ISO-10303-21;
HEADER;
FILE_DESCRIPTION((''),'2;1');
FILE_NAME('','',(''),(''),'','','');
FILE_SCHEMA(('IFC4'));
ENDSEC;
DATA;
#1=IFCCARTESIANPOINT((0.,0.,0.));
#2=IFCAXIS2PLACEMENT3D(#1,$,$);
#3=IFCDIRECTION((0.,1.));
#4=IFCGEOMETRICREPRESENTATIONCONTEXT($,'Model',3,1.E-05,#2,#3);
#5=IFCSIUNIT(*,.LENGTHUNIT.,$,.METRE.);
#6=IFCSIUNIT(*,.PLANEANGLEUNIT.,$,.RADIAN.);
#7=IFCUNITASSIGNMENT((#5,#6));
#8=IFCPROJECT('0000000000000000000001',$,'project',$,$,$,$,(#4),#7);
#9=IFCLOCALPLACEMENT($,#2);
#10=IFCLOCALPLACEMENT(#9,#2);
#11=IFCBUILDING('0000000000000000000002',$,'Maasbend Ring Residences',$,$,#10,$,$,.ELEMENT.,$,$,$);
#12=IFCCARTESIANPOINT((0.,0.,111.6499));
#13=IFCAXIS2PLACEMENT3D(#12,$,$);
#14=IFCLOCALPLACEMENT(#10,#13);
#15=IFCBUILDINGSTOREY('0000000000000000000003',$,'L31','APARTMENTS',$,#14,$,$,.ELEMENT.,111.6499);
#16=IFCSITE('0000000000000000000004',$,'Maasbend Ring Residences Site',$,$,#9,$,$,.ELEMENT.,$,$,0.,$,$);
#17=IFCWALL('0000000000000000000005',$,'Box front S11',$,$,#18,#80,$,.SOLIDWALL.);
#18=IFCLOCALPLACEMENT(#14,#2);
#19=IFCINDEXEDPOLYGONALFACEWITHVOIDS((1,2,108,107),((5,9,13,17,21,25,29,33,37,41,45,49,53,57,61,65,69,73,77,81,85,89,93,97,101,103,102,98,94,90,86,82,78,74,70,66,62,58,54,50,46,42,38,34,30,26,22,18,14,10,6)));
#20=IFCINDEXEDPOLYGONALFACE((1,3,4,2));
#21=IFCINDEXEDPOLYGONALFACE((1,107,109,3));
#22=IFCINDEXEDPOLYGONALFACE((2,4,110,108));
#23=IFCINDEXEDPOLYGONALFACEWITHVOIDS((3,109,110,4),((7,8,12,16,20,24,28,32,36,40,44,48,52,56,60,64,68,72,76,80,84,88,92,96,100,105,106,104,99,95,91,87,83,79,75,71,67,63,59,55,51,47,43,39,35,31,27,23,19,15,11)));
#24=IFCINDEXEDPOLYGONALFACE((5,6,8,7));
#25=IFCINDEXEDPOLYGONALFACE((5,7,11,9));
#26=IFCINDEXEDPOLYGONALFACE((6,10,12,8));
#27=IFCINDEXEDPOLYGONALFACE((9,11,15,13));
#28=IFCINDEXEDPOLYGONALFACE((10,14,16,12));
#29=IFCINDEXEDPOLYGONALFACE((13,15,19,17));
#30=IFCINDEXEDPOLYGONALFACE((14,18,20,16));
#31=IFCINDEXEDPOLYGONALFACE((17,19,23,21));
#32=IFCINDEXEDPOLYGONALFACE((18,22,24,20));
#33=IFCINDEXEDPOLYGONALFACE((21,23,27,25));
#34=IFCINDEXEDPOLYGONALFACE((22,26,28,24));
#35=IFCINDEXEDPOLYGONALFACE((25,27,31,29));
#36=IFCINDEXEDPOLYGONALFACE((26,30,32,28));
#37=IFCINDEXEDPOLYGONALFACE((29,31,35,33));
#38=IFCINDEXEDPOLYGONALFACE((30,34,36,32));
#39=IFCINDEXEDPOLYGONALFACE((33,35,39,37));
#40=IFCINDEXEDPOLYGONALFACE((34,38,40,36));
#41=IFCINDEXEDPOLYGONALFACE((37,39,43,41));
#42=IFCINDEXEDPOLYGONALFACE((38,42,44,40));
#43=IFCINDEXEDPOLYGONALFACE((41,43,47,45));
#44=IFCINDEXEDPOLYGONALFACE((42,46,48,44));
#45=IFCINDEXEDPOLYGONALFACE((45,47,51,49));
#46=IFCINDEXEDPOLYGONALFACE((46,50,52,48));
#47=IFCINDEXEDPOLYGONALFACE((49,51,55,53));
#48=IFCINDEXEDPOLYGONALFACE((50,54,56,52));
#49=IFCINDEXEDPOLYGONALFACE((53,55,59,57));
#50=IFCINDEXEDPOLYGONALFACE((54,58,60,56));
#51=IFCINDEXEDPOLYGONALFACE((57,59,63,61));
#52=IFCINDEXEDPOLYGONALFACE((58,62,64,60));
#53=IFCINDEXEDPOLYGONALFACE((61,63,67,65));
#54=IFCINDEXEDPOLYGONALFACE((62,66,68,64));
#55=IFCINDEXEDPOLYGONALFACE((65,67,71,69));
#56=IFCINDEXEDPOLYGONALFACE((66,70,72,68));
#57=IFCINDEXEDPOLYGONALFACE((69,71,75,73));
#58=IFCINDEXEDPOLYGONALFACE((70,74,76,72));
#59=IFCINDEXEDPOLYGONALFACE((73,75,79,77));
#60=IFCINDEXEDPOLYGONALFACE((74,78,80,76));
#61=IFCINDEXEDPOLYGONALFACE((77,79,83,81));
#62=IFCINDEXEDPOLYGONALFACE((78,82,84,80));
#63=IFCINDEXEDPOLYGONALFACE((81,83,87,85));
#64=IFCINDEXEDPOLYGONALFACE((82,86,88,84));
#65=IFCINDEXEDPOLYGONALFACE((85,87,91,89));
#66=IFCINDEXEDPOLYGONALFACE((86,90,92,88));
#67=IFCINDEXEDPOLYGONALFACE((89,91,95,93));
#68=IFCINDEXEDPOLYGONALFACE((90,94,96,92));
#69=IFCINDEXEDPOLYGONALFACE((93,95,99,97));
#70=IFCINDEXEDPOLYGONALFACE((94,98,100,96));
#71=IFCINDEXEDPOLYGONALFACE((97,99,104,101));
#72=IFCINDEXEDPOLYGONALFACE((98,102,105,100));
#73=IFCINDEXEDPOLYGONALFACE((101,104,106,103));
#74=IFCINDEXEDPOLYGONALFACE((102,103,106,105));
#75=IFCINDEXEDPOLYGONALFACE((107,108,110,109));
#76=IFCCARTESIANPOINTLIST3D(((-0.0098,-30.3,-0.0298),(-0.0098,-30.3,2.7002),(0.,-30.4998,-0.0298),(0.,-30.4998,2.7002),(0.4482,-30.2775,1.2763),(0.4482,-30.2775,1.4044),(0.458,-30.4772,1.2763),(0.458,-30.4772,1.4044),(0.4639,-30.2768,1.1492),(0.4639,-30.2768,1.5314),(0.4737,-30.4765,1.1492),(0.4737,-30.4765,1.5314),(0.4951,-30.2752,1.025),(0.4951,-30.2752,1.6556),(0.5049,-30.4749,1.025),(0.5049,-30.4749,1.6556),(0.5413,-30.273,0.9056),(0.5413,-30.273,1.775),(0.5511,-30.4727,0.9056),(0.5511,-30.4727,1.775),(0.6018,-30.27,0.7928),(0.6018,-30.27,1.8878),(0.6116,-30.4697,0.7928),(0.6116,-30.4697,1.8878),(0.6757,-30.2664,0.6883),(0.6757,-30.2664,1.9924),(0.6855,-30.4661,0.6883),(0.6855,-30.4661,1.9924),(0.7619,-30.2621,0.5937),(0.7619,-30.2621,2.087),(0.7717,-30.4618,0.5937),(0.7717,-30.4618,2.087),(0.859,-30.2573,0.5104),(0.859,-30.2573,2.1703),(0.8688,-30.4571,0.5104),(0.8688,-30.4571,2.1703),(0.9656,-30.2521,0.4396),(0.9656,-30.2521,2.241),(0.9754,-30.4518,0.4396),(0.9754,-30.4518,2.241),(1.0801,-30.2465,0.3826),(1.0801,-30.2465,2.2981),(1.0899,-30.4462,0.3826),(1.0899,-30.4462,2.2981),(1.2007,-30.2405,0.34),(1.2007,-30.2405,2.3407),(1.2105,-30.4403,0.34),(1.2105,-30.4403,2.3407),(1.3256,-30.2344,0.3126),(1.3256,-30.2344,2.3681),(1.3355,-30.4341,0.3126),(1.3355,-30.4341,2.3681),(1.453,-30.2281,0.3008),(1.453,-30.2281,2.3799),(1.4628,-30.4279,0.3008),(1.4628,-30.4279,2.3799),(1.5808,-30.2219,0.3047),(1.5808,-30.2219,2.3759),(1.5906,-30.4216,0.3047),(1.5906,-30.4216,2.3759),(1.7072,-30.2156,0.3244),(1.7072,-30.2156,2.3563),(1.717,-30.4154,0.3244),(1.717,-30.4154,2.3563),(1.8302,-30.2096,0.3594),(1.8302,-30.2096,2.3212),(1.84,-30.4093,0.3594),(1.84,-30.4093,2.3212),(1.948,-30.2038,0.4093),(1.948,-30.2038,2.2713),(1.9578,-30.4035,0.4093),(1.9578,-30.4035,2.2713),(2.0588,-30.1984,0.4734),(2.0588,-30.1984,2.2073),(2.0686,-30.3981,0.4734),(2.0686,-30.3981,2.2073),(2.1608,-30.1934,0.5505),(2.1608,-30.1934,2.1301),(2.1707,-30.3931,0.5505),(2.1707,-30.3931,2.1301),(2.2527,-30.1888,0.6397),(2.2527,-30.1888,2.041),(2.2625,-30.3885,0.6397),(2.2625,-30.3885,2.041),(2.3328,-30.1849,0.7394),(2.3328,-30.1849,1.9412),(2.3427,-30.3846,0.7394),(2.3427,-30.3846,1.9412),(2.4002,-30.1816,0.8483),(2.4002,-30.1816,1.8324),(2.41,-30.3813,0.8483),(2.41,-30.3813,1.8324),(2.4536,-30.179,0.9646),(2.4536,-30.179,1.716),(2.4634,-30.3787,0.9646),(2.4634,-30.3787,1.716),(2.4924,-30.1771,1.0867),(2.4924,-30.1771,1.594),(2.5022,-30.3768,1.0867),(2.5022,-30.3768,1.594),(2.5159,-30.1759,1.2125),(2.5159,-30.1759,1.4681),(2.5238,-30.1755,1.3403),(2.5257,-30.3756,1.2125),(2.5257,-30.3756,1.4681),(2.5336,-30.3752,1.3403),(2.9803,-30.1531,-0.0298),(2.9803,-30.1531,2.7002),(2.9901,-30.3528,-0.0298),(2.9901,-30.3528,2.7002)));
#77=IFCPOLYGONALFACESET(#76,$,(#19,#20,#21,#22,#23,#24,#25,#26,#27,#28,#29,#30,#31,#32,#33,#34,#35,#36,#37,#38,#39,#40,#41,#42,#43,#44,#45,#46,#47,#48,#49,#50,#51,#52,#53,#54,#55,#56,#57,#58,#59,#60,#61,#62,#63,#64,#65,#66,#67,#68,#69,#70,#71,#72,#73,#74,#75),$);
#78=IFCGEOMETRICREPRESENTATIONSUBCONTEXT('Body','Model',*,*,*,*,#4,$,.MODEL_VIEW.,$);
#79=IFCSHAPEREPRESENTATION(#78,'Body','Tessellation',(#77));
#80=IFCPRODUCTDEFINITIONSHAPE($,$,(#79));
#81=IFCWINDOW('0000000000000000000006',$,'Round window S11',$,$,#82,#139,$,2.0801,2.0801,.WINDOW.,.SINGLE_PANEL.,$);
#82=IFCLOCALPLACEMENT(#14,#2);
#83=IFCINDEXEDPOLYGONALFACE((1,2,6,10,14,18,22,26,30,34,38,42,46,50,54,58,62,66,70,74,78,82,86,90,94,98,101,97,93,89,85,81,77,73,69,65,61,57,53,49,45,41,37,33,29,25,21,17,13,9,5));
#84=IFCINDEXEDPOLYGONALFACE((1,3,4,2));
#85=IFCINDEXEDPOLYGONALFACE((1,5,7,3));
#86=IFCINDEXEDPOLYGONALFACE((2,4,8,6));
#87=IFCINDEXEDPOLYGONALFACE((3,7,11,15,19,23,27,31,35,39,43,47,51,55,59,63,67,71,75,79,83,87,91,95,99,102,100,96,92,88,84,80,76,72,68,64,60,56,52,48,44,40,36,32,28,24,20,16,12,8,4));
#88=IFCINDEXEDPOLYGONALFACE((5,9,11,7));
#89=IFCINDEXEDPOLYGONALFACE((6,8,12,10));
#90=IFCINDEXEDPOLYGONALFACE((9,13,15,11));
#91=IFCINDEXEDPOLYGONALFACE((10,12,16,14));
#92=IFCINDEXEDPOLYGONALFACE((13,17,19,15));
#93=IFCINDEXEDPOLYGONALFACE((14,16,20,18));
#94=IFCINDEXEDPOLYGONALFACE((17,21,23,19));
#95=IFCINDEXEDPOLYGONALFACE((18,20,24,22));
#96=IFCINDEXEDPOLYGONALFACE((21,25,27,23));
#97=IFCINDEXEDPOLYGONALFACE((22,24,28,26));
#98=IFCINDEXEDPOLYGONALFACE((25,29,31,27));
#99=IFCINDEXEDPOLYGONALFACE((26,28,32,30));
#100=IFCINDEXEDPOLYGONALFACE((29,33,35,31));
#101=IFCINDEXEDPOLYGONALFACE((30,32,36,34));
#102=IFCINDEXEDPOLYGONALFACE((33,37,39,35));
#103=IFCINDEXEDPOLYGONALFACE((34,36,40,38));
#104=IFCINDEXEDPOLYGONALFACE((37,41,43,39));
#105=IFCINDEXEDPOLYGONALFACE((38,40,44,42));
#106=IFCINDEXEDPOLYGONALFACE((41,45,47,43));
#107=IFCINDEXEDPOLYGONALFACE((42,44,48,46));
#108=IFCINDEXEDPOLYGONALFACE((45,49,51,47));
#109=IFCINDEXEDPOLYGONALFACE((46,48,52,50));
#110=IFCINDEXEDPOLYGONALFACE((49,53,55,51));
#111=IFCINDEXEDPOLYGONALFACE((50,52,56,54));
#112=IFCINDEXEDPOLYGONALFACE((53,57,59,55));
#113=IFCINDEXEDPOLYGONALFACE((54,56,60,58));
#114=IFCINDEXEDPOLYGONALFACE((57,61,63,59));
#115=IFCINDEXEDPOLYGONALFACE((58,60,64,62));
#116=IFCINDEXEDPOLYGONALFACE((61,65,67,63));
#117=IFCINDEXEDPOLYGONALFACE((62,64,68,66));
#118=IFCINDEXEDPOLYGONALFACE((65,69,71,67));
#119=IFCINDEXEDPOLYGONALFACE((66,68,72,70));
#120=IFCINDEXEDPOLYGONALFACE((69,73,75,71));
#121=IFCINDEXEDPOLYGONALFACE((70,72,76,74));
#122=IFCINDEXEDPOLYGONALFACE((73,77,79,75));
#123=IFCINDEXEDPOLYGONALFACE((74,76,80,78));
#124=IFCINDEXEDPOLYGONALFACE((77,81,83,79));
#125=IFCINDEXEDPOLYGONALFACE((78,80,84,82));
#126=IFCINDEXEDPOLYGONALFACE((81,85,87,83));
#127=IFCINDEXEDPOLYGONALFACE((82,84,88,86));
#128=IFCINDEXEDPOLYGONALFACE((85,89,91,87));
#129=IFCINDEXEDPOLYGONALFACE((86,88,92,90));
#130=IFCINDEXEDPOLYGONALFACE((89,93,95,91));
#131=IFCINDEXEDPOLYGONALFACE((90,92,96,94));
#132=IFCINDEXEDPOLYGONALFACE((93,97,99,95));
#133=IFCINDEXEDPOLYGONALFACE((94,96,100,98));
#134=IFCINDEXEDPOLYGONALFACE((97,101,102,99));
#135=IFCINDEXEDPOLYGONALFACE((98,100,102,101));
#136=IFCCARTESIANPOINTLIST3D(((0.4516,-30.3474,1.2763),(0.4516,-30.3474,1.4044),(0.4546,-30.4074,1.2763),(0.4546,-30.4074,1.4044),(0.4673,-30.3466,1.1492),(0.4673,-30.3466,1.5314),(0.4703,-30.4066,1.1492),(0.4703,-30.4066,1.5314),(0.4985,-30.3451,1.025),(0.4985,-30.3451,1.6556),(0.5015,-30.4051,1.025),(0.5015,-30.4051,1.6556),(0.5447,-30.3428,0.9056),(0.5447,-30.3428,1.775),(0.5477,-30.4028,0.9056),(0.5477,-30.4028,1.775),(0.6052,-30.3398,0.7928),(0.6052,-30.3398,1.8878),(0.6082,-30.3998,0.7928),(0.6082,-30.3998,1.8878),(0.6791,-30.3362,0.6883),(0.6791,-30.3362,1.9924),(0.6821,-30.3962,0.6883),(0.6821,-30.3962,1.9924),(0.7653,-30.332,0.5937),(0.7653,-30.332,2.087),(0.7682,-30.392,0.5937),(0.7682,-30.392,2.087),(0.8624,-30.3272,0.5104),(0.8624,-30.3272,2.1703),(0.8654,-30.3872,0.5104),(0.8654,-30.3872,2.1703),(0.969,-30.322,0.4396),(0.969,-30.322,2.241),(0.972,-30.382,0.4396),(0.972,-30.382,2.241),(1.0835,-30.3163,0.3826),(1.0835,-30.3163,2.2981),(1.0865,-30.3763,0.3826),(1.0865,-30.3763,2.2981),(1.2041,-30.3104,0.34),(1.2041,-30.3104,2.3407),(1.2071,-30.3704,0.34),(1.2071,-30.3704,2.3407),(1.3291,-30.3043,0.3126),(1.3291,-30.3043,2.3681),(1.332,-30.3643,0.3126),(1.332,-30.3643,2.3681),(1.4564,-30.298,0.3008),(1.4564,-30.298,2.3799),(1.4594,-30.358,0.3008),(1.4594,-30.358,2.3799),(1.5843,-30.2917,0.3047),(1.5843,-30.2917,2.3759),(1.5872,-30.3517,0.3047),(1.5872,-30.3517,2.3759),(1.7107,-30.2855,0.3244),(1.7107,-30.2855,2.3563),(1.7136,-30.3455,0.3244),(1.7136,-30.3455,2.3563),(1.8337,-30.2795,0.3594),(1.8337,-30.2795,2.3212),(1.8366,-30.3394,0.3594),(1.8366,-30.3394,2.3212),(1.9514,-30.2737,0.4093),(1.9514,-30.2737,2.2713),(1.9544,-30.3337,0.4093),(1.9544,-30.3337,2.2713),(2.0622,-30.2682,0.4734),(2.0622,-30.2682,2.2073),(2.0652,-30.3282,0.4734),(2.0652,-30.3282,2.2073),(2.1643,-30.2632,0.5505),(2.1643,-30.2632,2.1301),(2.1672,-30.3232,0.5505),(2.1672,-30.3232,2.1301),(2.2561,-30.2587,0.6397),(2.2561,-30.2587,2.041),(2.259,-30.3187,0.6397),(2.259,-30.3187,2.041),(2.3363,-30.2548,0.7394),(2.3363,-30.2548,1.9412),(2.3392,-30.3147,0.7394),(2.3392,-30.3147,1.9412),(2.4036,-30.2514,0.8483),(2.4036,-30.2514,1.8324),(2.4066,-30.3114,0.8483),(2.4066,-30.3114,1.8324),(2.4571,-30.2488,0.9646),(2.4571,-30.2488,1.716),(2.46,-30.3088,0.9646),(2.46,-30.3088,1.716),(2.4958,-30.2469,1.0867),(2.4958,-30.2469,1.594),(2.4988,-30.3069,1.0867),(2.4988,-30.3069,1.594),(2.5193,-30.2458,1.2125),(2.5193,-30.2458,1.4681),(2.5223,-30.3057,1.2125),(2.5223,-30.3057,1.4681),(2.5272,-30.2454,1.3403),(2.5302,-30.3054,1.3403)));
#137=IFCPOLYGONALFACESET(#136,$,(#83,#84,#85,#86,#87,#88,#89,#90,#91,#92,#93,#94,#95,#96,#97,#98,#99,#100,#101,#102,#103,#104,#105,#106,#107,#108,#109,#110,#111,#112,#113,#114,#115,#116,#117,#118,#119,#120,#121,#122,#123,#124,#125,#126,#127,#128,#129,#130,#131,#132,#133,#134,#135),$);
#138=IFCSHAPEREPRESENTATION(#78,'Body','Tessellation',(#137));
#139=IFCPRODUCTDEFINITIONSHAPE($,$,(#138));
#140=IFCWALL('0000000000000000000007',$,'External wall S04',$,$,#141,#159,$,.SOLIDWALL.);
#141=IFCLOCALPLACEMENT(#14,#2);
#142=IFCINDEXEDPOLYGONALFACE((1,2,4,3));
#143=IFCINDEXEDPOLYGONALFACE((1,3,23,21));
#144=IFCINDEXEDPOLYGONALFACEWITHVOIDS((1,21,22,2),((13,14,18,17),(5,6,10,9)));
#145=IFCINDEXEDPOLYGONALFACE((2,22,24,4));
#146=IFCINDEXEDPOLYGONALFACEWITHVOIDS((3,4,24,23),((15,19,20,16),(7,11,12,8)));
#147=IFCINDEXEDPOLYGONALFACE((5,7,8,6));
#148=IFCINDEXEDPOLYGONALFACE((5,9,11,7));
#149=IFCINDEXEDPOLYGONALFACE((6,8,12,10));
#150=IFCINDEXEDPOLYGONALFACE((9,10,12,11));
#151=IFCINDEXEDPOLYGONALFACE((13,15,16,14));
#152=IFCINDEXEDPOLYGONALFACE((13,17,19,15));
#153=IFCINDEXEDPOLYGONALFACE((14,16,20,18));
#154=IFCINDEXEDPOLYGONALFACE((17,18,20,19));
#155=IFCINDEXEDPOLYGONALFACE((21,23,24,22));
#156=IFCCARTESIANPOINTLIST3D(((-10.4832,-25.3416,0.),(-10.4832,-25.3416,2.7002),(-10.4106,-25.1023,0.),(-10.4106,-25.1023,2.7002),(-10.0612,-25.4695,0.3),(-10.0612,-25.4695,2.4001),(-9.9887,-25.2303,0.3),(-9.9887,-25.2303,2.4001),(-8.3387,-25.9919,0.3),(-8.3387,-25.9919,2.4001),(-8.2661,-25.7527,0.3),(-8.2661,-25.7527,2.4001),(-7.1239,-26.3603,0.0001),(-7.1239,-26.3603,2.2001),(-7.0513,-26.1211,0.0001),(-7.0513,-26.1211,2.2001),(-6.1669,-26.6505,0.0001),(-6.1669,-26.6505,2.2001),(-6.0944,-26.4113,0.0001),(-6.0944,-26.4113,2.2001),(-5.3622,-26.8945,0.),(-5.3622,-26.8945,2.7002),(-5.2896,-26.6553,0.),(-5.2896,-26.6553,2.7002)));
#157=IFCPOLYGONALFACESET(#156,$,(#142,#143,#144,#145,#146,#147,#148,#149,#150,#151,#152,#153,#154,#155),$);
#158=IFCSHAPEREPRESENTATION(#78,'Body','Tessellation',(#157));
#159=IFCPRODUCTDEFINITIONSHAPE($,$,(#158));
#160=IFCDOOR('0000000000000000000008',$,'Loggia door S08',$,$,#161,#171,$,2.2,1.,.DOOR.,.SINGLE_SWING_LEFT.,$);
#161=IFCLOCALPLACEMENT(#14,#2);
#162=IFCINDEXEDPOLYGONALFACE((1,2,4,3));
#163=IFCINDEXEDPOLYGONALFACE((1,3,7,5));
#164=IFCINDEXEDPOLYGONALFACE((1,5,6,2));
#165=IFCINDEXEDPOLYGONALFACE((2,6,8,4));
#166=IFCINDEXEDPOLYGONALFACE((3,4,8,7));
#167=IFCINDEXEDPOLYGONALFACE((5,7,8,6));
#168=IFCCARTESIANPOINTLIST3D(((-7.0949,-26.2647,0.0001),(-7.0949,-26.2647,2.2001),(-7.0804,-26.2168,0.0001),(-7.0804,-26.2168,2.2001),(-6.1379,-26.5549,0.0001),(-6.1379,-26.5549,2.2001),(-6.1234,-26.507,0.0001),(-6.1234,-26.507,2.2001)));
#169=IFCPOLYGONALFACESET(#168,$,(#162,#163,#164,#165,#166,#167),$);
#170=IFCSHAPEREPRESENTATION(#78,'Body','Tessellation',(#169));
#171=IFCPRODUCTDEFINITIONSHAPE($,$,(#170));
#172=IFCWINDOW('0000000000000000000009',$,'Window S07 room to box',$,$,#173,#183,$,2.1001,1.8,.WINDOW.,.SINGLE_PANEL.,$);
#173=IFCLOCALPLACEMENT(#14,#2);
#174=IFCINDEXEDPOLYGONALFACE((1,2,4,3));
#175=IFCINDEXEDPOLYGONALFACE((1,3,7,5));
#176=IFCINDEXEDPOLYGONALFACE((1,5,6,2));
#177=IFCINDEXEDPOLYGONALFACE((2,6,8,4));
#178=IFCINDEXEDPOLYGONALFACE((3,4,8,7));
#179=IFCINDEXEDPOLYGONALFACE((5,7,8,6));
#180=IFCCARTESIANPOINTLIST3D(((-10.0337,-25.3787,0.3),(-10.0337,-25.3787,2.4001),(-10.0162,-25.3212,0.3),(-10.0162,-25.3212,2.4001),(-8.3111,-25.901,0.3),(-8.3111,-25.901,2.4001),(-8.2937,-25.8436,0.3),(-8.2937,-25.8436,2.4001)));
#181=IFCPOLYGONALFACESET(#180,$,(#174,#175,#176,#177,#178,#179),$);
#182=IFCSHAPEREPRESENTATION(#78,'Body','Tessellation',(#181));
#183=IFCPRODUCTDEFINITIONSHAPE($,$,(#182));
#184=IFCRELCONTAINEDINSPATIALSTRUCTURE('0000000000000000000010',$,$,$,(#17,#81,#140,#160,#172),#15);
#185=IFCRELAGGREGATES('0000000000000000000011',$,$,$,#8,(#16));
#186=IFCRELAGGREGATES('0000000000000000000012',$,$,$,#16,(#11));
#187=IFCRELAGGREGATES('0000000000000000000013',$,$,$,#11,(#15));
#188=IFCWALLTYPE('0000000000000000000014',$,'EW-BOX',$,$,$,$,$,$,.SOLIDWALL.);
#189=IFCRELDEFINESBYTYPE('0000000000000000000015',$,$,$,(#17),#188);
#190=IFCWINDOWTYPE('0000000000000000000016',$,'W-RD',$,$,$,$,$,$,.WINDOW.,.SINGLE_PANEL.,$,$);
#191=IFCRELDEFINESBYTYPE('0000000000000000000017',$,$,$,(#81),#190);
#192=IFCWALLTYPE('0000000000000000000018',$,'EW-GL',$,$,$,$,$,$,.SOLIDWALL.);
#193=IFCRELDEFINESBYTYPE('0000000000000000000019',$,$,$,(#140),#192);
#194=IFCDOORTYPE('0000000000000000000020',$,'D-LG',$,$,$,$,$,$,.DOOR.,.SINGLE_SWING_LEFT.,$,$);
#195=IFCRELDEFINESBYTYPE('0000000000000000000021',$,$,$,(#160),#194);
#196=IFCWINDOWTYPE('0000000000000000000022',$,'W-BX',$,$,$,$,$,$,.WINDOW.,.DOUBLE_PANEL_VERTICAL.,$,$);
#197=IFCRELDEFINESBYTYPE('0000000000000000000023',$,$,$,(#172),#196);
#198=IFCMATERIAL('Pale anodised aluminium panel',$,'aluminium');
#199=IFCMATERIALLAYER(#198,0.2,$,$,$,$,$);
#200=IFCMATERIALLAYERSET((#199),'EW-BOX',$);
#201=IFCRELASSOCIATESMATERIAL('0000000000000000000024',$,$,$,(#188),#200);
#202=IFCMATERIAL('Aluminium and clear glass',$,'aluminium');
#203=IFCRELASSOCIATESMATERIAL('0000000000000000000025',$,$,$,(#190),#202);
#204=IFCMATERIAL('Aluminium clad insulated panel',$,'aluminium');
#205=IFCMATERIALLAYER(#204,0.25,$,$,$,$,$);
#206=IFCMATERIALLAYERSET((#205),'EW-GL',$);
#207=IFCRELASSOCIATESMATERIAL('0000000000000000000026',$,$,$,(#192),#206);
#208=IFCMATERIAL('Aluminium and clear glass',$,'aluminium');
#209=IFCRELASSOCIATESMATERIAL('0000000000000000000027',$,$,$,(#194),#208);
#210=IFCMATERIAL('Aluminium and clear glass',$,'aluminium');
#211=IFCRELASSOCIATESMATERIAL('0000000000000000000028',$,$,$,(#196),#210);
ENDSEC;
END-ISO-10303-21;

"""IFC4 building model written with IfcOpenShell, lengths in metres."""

from ifc_helpers import new_model, si_unit, direction, frame, frame_2d, origin, place, context, subcontext, project, spatial, rectangle, circle, extrude, material, layer, layer_set, type_object, element, fill, save


model = new_model("IFC4")

# Units and contexts
model_context = context("Model", 3, precision=1e-05, world=origin(), true_north=direction((0.0, 1.0)))
body_context = subcontext(model_context, "Body", "Model", "MODEL_VIEW")
ifc_project = project(units=[si_unit("LENGTHUNIT", "METRE"), si_unit("PLANEANGLEUNIT", "RADIAN")], contexts=[model_context])

# Site, building, storey
site_placement = place(None, origin())
site = spatial("IfcSite", under=ifc_project, at=site_placement, Name="Maasbend Ring Residences Site", CompositionType="ELEMENT", RefElevation=0.0)
building_placement = place(site_placement, origin())
building = spatial("IfcBuilding", under=site, at=building_placement, Name="Maasbend Ring Residences", CompositionType="ELEMENT")
storey_placement = place(building_placement, frame((0.0, 0.0, 111.6499)))
storey = spatial("IfcBuildingStorey", under=building, at=storey_placement, Name="L31", Description="APARTMENTS", CompositionType="ELEMENT", Elevation=111.6499)

# Shared definitions
ifc_material_1 = material(Name="Pale anodised aluminium panel", Category="aluminium")
ifc_layer_1 = layer(ifc_material_1, 0.2)
ifc_layer_set_1 = layer_set([ifc_layer_1], Name="EW-BOX")
wall_type_1 = type_object("IfcWallType", Name="EW-BOX", PredefinedType="SOLIDWALL", material=ifc_layer_set_1)

# Shared definitions
ifc_material_2 = material(Name="Aluminium and clear glass", Category="aluminium")
window_type_1 = type_object("IfcWindowType", Name="W-RD", PartitioningType="SINGLE_PANEL", PredefinedType="WINDOW", material=ifc_material_2)

# Wall, opening, window
wall_1_placement = place(storey_placement, frame((-0.0049, -30.3999, -0.0298), z_axis=(0.0, 0.0, 1.0), x_axis=(0.998794, 0.049096, 0.0)))
wall_1 = element("IfcWall", 1, at=wall_1_placement, inside=storey, type_object=wall_type_1, Name="Box front S11", PredefinedType="SOLIDWALL", context=body_context, shape_type="SweptSolid", body=[
    extrude(rectangle(XDim=2.9937, YDim=0.2, at=frame_2d((1.4968, 0.0))), origin(), (0.0, 0.0, 1.0), 2.73),
])
opening_1_placement = place(wall_1_placement, frame((0.4565, 0.0, 0.3301)))
opening_1 = element("IfcOpeningElement", 2, at=opening_1_placement, cuts=wall_1, PredefinedType="OPENING", context=body_context, shape_type="SweptSolid", body=[
    extrude(circle(Radius=1.04, at=frame_2d((1.04, 1.04))), frame((0.0, 0.1099, 0.0), z_axis=(0.0, -1.0, 0.0), x_axis=(1.0, 0.0, 0.0)), (0.0, 0.0, 1.0), 0.22),
])
window_1_placement = place(opening_1_placement, origin())
window_1 = element("IfcWindow", 3, at=window_1_placement, inside=storey, type_object=window_type_1, Name="Round window S11", OverallHeight=2.0801, OverallWidth=2.0801, PartitioningType="SINGLE_PANEL", PredefinedType="WINDOW", context=body_context, shape_type="SweptSolid", body=[
    extrude(circle(Radius=1.04, at=frame_2d((1.04, 1.04))), frame((0.0, 0.03, 0.0), z_axis=(0.0, -1.0, 0.0), x_axis=(1.0, 0.0, 0.0)), (0.0, 0.0, 1.0), 0.0601),
])
fill(opening_1, window_1)

# Wall, openings, door, window
ifc_material_3 = material(Name="Aluminium clad insulated panel", Category="aluminium")
ifc_layer_2 = layer(ifc_material_3, 0.25)
ifc_layer_set_2 = layer_set([ifc_layer_2], Name="EW-GL")
wall_type_2 = type_object("IfcWallType", Name="EW-GL", PredefinedType="SOLIDWALL", material=ifc_layer_set_2)
wall_2_placement = place(storey_placement, frame((-10.447, -25.2219, 0.0), z_axis=(0.0, 0.0, 1.0), x_axis=(0.956966, -0.290201, 0.0)))
wall_2 = element("IfcWall", 4, at=wall_2_placement, inside=storey, type_object=wall_type_2, Name="External wall S04", PredefinedType="SOLIDWALL", context=body_context, shape_type="SweptSolid", body=[
    extrude(rectangle(XDim=5.3513, YDim=0.25, at=frame_2d((2.6758, 0.0))), origin(), (0.0, 0.0, 1.0), 2.7002),
])
opening_2_placement = place(wall_2_placement, frame((0.4412, 0.0, 0.3)))
opening_2 = element("IfcOpeningElement", 5, at=opening_2_placement, cuts=wall_2, PredefinedType="OPENING", context=body_context, shape_type="SweptSolid", body=[
    extrude(rectangle(XDim=1.8, YDim=2.1001, at=frame_2d((0.8999, 1.05))), frame((0.0, 0.135, 0.0), z_axis=(0.0, -1.0, 0.0), x_axis=(1.0, 0.0, 0.0)), (0.0, 0.0, 1.0), 0.27),
])
opening_3_placement = place(wall_2_placement, frame((3.5105, 0.0, 0.0)))
opening_3 = element("IfcOpeningElement", 6, at=opening_3_placement, cuts=wall_2, PredefinedType="OPENING", context=body_context, shape_type="SweptSolid", body=[
    extrude(rectangle(XDim=1.0, YDim=2.2, at=frame_2d((0.5, 1.1001))), frame((0.0, 0.135, 0.0), z_axis=(0.0, -1.0, 0.0), x_axis=(1.0, 0.0, 0.0)), (0.0, 0.0, 1.0), 0.27),
])
ifc_material_4 = material(Name="Aluminium and clear glass", Category="aluminium")
door_type_1 = type_object("IfcDoorType", Name="D-LG", OperationType="SINGLE_SWING_LEFT", PredefinedType="DOOR", material=ifc_material_4)
door_1_placement = place(opening_3_placement, origin())
door_1 = element("IfcDoor", 7, at=door_1_placement, inside=storey, type_object=door_type_1, Name="Loggia door S08", OperationType="SINGLE_SWING_LEFT", OverallHeight=2.2, OverallWidth=1.0, PredefinedType="DOOR", context=body_context, shape_type="SweptSolid", body=[
    extrude(rectangle(XDim=1.0, YDim=2.2, at=frame_2d((0.5, 1.1001))), frame((0.0, 0.0249, 0.0), z_axis=(0.0, -1.0, 0.0), x_axis=(1.0, 0.0, 0.0)), (0.0, 0.0, 1.0), 0.05),
])
fill(opening_3, door_1)
ifc_material_5 = material(Name="Aluminium and clear glass", Category="aluminium")
window_type_2 = type_object("IfcWindowType", Name="W-BX", PartitioningType="DOUBLE_PANEL_VERTICAL", PredefinedType="WINDOW", material=ifc_material_5)
window_2_placement = place(opening_2_placement, origin())
window_2 = element("IfcWindow", 8, at=window_2_placement, inside=storey, type_object=window_type_2, Name="Window S07 room to box", OverallHeight=2.1001, OverallWidth=1.8, PartitioningType="SINGLE_PANEL", PredefinedType="WINDOW", context=body_context, shape_type="SweptSolid", body=[
    extrude(rectangle(XDim=1.8, YDim=2.1001, at=frame_2d((0.8999, 1.05))), frame((0.0, 0.03, 0.0), z_axis=(0.0, -1.0, 0.0), x_axis=(1.0, 0.0, 0.0)), (0.0, 0.0, 1.0), 0.0601),
])
fill(opening_2, window_2)

save(model, "model.ifc")
